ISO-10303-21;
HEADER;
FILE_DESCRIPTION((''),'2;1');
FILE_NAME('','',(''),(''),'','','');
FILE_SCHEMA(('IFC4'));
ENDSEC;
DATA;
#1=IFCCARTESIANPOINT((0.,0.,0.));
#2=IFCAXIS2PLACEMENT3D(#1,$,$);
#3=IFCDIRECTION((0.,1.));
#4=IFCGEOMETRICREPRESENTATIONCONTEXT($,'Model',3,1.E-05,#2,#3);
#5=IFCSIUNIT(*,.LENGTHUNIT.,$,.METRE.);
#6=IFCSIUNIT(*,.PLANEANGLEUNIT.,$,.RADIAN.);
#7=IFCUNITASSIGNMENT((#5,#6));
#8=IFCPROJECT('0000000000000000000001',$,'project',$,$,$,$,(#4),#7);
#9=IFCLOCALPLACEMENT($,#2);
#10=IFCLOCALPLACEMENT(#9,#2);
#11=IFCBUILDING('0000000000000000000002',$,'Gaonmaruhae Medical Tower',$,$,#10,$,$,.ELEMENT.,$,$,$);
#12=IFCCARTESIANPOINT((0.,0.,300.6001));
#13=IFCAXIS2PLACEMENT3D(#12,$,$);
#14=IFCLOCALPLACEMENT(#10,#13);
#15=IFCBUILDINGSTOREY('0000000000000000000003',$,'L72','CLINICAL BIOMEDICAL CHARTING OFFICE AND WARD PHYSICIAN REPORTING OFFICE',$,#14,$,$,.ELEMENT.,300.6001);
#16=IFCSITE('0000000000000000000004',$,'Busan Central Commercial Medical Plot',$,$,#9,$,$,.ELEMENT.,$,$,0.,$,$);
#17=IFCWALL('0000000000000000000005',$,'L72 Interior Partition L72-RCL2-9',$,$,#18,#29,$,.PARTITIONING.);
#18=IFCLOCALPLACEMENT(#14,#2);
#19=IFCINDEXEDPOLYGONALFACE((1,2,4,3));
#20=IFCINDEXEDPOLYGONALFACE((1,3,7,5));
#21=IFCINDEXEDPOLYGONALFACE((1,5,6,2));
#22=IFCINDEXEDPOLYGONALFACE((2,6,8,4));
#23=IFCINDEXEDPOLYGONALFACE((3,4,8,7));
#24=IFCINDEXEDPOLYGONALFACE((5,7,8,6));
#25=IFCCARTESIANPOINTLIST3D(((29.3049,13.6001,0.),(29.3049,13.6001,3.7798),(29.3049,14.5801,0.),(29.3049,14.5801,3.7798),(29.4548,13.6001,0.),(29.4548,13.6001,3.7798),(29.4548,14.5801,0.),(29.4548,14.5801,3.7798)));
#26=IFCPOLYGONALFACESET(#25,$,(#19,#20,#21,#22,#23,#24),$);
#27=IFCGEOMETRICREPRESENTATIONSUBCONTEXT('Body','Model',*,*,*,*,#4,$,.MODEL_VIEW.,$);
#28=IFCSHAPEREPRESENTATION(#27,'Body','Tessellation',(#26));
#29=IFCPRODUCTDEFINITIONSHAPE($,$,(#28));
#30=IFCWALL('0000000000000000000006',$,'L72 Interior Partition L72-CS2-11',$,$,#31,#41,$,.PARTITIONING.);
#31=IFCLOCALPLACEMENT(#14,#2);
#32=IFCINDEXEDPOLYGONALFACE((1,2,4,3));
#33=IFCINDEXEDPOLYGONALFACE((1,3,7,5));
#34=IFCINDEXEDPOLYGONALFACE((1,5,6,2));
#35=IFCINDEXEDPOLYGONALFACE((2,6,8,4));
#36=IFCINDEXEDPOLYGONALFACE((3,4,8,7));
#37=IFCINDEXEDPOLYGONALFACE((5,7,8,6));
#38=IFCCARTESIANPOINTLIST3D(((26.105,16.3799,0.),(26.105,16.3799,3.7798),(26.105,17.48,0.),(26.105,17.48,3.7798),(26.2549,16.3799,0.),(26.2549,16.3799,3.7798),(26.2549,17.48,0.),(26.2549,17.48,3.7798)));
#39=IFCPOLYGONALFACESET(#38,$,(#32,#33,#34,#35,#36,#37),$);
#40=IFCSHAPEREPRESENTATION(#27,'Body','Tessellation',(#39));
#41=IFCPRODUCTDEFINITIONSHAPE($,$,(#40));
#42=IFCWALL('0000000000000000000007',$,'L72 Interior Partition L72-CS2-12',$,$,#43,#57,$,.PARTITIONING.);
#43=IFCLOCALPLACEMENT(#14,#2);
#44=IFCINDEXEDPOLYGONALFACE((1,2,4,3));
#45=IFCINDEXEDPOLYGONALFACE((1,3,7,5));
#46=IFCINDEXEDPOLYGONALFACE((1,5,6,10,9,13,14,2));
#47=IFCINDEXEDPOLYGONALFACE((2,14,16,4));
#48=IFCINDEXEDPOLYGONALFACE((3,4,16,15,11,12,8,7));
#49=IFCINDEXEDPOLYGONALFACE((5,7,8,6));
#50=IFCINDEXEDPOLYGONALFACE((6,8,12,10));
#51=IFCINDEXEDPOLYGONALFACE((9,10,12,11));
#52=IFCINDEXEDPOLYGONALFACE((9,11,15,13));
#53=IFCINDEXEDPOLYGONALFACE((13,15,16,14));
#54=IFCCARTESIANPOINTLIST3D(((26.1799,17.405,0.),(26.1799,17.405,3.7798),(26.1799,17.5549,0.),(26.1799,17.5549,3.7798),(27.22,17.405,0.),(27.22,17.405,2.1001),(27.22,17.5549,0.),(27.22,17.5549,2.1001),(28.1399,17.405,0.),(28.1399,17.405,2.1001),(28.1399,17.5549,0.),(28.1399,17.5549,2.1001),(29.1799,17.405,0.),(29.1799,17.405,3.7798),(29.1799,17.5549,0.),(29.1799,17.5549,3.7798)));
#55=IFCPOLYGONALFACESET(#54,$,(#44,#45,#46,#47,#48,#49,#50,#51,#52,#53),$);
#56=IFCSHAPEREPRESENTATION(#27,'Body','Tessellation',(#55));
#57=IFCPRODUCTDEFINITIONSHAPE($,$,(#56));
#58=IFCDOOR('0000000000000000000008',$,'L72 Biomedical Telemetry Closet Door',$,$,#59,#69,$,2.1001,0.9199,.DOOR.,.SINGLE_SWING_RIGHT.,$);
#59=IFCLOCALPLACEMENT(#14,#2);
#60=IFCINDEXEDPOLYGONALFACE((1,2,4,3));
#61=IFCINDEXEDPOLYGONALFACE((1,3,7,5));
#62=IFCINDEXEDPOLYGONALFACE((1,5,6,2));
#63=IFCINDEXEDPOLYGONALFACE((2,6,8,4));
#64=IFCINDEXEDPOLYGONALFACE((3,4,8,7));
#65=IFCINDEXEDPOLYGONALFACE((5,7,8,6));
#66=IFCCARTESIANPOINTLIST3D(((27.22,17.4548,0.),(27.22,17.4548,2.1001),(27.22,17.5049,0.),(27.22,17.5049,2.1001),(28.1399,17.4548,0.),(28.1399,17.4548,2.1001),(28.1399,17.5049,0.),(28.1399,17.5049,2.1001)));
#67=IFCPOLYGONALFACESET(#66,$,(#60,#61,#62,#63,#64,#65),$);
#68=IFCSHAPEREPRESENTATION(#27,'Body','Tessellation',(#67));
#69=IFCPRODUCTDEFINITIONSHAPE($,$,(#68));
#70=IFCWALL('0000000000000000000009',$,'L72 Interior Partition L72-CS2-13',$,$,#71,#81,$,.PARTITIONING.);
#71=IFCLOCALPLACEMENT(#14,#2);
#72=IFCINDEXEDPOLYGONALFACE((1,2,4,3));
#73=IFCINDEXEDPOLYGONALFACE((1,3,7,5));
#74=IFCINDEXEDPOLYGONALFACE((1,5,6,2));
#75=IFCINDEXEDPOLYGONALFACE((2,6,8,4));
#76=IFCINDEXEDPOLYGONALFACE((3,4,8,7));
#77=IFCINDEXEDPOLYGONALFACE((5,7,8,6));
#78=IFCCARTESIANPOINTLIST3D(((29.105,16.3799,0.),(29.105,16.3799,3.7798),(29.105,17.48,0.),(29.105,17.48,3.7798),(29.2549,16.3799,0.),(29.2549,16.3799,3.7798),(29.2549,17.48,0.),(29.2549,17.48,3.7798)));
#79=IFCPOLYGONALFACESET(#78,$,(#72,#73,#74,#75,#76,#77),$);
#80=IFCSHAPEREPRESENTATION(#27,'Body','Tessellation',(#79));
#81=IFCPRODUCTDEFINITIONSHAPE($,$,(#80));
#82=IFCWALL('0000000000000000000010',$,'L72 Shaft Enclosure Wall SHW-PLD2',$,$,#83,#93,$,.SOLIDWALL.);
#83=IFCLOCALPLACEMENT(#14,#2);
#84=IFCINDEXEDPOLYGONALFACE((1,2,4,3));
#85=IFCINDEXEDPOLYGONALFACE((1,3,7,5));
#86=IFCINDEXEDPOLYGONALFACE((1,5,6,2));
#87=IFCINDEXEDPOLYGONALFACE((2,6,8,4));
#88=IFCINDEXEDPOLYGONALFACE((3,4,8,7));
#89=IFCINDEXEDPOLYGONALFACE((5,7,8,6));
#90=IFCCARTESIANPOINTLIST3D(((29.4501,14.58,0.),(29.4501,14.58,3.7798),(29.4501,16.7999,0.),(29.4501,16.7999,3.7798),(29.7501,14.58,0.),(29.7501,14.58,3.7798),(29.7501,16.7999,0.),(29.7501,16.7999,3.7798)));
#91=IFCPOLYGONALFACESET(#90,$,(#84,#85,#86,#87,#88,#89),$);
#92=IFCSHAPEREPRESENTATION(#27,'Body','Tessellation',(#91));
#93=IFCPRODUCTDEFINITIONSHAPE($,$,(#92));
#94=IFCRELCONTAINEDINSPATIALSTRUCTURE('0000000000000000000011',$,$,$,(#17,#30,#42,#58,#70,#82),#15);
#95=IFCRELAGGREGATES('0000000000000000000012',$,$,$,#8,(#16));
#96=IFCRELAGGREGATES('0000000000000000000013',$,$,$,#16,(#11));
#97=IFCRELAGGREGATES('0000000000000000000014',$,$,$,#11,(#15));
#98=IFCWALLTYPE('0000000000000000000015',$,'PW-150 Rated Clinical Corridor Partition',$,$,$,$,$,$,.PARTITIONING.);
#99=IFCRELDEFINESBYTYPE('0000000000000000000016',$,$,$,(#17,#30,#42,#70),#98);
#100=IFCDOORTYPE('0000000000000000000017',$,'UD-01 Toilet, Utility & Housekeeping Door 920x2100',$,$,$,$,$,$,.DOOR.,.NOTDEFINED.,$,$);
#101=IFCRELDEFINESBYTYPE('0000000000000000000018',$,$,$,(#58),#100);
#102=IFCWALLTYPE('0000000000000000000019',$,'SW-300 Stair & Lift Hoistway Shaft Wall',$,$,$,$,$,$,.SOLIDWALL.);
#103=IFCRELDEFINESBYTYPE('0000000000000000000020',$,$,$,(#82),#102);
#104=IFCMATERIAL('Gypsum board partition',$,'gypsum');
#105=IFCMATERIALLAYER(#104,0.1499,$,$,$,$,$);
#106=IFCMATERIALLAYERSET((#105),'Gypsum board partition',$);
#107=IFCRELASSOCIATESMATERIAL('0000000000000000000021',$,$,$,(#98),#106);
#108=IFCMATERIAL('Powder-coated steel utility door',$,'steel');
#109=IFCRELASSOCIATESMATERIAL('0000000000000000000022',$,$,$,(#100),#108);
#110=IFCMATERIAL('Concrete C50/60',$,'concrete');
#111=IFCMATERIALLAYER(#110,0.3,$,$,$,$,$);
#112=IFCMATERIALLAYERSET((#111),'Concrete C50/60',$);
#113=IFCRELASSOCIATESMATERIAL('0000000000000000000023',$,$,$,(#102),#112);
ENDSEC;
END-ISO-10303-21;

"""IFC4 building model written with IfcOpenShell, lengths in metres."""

from ifc_helpers import new_model, si_unit, direction, frame, frame_2d, origin, place, context, subcontext, project, spatial, rectangle, extrude, material, layer, layer_set, type_object, element, fill, save


model = new_model("IFC4")

# Units and contexts
model_context = context("Model", 3, precision=1e-05, world=origin(), true_north=direction((0.0, 1.0)))
body_context = subcontext(model_context, "Body", "Model", "MODEL_VIEW")
ifc_project = project(units=[si_unit("LENGTHUNIT", "METRE"), si_unit("PLANEANGLEUNIT", "RADIAN")], contexts=[model_context])

# Site, building, storey
site_placement = place(None, origin())
site = spatial("IfcSite", under=ifc_project, at=site_placement, Name="Busan Central Commercial Medical Plot", CompositionType="ELEMENT", RefElevation=0.0)
building_placement = place(site_placement, origin())
building = spatial("IfcBuilding", under=site, at=building_placement, Name="Gaonmaruhae Medical Tower", CompositionType="ELEMENT")
storey_placement = place(building_placement, frame((0.0, 0.0, 300.6001)))
storey = spatial("IfcBuildingStorey", under=building, at=storey_placement, Name="L72", Description="CLINICAL BIOMEDICAL CHARTING OFFICE AND WARD PHYSICIAN REPORTING OFFICE", CompositionType="ELEMENT", Elevation=300.6001)

# Shared definitions
ifc_material_1 = material(Name="Concrete C50/60", Category="concrete")

# Shared definitions
ifc_material_2 = material(Name="Gypsum board partition", Category="gypsum")
ifc_layer_1 = layer(ifc_material_2, 0.1499)
ifc_layer_set_1 = layer_set([ifc_layer_1], Name="Gypsum board partition")
wall_type_1 = type_object("IfcWallType", Name="PW-150 Rated Clinical Corridor Partition", PredefinedType="PARTITIONING", material=ifc_layer_set_1)
ifc_material_3 = material(Name="Powder-coated steel utility door", Category="steel")
door_type_1 = type_object("IfcDoorType", Name="UD-01 Toilet, Utility & Housekeeping Door 920x2100", OperationType="NOTDEFINED", PredefinedType="DOOR", material=ifc_material_3)

# Wall
wall_1_placement = place(storey_placement, frame((29.3799, 14.5801, 0.0), z_axis=(0.0, 0.0, 1.0), x_axis=(0.0, -1.0, 0.0)))
element("IfcWall", 1, at=wall_1_placement, inside=storey, type_object=wall_type_1, Name="L72 Interior Partition L72-RCL2-9", PredefinedType="PARTITIONING", context=body_context, shape_type="SweptSolid", body=[
    extrude(rectangle(XDim=0.98, YDim=0.1499, at=frame_2d((0.49, 0.0))), origin(), (0.0, 0.0, 1.0), 3.7798),
])

# Wall
wall_2_placement = place(storey_placement, frame((26.1799, 16.3799, 0.0), z_axis=(0.0, 0.0, 1.0), x_axis=(0.0, 1.0, 0.0)))
element("IfcWall", 2, at=wall_2_placement, inside=storey, type_object=wall_type_1, Name="L72 Interior Partition L72-CS2-11", PredefinedType="PARTITIONING", context=body_context, shape_type="SweptSolid", body=[
    extrude(rectangle(XDim=1.1001, YDim=0.1499, at=frame_2d((0.55, 0.0))), origin(), (0.0, 0.0, 1.0), 3.7798),
])

# Wall, opening, door
wall_3_placement = place(storey_placement, frame((26.1799, 17.48, 0.0), z_axis=(0.0, 0.0, 1.0), x_axis=(1.0, 0.0, 0.0)))
wall_3 = element("IfcWall", 3, at=wall_3_placement, inside=storey, type_object=wall_type_1, Name="L72 Interior Partition L72-CS2-12", PredefinedType="PARTITIONING", context=body_context, shape_type="SweptSolid", body=[
    extrude(rectangle(XDim=3.0, YDim=0.1499, at=frame_2d((1.5, 0.0))), origin(), (0.0, 0.0, 1.0), 3.7798),
])
opening_1_placement = place(wall_3_placement, frame((1.04, 0.0, 0.0)))
opening_1 = element("IfcOpeningElement", 4, at=opening_1_placement, cuts=wall_3, PredefinedType="OPENING", context=body_context, shape_type="SweptSolid", body=[
    extrude(rectangle(XDim=0.9199, YDim=2.1001, at=frame_2d((0.46, 1.05))), frame((0.0, 0.085, 0.0), z_axis=(0.0, -1.0, 0.0), x_axis=(1.0, 0.0, 0.0)), (0.0, 0.0, 1.0), 0.1699),
])
door_1_placement = place(opening_1_placement, origin())
door_1 = element("IfcDoor", 5, at=door_1_placement, inside=storey, type_object=door_type_1, Name="L72 Biomedical Telemetry Closet Door", OperationType="SINGLE_SWING_RIGHT", OverallHeight=2.1001, OverallWidth=0.9199, PredefinedType="DOOR", context=body_context, shape_type="SweptSolid", body=[
    extrude(rectangle(XDim=0.9199, YDim=2.1001, at=frame_2d((0.46, 1.05))), frame((0.0, 0.0249, 0.0), z_axis=(0.0, -1.0, 0.0), x_axis=(1.0, 0.0, 0.0)), (0.0, 0.0, 1.0), 0.05),
])
fill(opening_1, door_1)

# Wall
wall_4_placement = place(storey_placement, frame((29.1799, 17.48, 0.0), z_axis=(0.0, 0.0, 1.0), x_axis=(0.0, -1.0, 0.0)))
element("IfcWall", 6, at=wall_4_placement, inside=storey, type_object=wall_type_1, Name="L72 Interior Partition L72-CS2-13", PredefinedType="PARTITIONING", context=body_context, shape_type="SweptSolid", body=[
    extrude(rectangle(XDim=1.1001, YDim=0.1499, at=frame_2d((0.55, 0.0))), origin(), (0.0, 0.0, 1.0), 3.7798),
])

# Shared definitions
ifc_layer_2 = layer(ifc_material_1, 0.3)
ifc_layer_set_2 = layer_set([ifc_layer_2], Name="Concrete C50/60")
wall_type_2 = type_object("IfcWallType", Name="SW-300 Stair & Lift Hoistway Shaft Wall", PredefinedType="SOLIDWALL", material=ifc_layer_set_2)

# Wall
wall_5_placement = place(storey_placement, frame((29.6001, 14.5801, 0.0), z_axis=(0.0, 0.0, 1.0), x_axis=(0.0, 1.0, 0.0)))
element("IfcWall", 7, at=wall_5_placement, inside=storey, type_object=wall_type_2, Name="L72 Shaft Enclosure Wall SHW-PLD2", PredefinedType="SOLIDWALL", context=body_context, shape_type="SweptSolid", body=[
    extrude(rectangle(XDim=2.22, YDim=0.3, at=frame_2d((1.1099, 0.0))), origin(), (0.0, 0.0, 1.0), 3.7798),
])

save(model, "model.ifc")
